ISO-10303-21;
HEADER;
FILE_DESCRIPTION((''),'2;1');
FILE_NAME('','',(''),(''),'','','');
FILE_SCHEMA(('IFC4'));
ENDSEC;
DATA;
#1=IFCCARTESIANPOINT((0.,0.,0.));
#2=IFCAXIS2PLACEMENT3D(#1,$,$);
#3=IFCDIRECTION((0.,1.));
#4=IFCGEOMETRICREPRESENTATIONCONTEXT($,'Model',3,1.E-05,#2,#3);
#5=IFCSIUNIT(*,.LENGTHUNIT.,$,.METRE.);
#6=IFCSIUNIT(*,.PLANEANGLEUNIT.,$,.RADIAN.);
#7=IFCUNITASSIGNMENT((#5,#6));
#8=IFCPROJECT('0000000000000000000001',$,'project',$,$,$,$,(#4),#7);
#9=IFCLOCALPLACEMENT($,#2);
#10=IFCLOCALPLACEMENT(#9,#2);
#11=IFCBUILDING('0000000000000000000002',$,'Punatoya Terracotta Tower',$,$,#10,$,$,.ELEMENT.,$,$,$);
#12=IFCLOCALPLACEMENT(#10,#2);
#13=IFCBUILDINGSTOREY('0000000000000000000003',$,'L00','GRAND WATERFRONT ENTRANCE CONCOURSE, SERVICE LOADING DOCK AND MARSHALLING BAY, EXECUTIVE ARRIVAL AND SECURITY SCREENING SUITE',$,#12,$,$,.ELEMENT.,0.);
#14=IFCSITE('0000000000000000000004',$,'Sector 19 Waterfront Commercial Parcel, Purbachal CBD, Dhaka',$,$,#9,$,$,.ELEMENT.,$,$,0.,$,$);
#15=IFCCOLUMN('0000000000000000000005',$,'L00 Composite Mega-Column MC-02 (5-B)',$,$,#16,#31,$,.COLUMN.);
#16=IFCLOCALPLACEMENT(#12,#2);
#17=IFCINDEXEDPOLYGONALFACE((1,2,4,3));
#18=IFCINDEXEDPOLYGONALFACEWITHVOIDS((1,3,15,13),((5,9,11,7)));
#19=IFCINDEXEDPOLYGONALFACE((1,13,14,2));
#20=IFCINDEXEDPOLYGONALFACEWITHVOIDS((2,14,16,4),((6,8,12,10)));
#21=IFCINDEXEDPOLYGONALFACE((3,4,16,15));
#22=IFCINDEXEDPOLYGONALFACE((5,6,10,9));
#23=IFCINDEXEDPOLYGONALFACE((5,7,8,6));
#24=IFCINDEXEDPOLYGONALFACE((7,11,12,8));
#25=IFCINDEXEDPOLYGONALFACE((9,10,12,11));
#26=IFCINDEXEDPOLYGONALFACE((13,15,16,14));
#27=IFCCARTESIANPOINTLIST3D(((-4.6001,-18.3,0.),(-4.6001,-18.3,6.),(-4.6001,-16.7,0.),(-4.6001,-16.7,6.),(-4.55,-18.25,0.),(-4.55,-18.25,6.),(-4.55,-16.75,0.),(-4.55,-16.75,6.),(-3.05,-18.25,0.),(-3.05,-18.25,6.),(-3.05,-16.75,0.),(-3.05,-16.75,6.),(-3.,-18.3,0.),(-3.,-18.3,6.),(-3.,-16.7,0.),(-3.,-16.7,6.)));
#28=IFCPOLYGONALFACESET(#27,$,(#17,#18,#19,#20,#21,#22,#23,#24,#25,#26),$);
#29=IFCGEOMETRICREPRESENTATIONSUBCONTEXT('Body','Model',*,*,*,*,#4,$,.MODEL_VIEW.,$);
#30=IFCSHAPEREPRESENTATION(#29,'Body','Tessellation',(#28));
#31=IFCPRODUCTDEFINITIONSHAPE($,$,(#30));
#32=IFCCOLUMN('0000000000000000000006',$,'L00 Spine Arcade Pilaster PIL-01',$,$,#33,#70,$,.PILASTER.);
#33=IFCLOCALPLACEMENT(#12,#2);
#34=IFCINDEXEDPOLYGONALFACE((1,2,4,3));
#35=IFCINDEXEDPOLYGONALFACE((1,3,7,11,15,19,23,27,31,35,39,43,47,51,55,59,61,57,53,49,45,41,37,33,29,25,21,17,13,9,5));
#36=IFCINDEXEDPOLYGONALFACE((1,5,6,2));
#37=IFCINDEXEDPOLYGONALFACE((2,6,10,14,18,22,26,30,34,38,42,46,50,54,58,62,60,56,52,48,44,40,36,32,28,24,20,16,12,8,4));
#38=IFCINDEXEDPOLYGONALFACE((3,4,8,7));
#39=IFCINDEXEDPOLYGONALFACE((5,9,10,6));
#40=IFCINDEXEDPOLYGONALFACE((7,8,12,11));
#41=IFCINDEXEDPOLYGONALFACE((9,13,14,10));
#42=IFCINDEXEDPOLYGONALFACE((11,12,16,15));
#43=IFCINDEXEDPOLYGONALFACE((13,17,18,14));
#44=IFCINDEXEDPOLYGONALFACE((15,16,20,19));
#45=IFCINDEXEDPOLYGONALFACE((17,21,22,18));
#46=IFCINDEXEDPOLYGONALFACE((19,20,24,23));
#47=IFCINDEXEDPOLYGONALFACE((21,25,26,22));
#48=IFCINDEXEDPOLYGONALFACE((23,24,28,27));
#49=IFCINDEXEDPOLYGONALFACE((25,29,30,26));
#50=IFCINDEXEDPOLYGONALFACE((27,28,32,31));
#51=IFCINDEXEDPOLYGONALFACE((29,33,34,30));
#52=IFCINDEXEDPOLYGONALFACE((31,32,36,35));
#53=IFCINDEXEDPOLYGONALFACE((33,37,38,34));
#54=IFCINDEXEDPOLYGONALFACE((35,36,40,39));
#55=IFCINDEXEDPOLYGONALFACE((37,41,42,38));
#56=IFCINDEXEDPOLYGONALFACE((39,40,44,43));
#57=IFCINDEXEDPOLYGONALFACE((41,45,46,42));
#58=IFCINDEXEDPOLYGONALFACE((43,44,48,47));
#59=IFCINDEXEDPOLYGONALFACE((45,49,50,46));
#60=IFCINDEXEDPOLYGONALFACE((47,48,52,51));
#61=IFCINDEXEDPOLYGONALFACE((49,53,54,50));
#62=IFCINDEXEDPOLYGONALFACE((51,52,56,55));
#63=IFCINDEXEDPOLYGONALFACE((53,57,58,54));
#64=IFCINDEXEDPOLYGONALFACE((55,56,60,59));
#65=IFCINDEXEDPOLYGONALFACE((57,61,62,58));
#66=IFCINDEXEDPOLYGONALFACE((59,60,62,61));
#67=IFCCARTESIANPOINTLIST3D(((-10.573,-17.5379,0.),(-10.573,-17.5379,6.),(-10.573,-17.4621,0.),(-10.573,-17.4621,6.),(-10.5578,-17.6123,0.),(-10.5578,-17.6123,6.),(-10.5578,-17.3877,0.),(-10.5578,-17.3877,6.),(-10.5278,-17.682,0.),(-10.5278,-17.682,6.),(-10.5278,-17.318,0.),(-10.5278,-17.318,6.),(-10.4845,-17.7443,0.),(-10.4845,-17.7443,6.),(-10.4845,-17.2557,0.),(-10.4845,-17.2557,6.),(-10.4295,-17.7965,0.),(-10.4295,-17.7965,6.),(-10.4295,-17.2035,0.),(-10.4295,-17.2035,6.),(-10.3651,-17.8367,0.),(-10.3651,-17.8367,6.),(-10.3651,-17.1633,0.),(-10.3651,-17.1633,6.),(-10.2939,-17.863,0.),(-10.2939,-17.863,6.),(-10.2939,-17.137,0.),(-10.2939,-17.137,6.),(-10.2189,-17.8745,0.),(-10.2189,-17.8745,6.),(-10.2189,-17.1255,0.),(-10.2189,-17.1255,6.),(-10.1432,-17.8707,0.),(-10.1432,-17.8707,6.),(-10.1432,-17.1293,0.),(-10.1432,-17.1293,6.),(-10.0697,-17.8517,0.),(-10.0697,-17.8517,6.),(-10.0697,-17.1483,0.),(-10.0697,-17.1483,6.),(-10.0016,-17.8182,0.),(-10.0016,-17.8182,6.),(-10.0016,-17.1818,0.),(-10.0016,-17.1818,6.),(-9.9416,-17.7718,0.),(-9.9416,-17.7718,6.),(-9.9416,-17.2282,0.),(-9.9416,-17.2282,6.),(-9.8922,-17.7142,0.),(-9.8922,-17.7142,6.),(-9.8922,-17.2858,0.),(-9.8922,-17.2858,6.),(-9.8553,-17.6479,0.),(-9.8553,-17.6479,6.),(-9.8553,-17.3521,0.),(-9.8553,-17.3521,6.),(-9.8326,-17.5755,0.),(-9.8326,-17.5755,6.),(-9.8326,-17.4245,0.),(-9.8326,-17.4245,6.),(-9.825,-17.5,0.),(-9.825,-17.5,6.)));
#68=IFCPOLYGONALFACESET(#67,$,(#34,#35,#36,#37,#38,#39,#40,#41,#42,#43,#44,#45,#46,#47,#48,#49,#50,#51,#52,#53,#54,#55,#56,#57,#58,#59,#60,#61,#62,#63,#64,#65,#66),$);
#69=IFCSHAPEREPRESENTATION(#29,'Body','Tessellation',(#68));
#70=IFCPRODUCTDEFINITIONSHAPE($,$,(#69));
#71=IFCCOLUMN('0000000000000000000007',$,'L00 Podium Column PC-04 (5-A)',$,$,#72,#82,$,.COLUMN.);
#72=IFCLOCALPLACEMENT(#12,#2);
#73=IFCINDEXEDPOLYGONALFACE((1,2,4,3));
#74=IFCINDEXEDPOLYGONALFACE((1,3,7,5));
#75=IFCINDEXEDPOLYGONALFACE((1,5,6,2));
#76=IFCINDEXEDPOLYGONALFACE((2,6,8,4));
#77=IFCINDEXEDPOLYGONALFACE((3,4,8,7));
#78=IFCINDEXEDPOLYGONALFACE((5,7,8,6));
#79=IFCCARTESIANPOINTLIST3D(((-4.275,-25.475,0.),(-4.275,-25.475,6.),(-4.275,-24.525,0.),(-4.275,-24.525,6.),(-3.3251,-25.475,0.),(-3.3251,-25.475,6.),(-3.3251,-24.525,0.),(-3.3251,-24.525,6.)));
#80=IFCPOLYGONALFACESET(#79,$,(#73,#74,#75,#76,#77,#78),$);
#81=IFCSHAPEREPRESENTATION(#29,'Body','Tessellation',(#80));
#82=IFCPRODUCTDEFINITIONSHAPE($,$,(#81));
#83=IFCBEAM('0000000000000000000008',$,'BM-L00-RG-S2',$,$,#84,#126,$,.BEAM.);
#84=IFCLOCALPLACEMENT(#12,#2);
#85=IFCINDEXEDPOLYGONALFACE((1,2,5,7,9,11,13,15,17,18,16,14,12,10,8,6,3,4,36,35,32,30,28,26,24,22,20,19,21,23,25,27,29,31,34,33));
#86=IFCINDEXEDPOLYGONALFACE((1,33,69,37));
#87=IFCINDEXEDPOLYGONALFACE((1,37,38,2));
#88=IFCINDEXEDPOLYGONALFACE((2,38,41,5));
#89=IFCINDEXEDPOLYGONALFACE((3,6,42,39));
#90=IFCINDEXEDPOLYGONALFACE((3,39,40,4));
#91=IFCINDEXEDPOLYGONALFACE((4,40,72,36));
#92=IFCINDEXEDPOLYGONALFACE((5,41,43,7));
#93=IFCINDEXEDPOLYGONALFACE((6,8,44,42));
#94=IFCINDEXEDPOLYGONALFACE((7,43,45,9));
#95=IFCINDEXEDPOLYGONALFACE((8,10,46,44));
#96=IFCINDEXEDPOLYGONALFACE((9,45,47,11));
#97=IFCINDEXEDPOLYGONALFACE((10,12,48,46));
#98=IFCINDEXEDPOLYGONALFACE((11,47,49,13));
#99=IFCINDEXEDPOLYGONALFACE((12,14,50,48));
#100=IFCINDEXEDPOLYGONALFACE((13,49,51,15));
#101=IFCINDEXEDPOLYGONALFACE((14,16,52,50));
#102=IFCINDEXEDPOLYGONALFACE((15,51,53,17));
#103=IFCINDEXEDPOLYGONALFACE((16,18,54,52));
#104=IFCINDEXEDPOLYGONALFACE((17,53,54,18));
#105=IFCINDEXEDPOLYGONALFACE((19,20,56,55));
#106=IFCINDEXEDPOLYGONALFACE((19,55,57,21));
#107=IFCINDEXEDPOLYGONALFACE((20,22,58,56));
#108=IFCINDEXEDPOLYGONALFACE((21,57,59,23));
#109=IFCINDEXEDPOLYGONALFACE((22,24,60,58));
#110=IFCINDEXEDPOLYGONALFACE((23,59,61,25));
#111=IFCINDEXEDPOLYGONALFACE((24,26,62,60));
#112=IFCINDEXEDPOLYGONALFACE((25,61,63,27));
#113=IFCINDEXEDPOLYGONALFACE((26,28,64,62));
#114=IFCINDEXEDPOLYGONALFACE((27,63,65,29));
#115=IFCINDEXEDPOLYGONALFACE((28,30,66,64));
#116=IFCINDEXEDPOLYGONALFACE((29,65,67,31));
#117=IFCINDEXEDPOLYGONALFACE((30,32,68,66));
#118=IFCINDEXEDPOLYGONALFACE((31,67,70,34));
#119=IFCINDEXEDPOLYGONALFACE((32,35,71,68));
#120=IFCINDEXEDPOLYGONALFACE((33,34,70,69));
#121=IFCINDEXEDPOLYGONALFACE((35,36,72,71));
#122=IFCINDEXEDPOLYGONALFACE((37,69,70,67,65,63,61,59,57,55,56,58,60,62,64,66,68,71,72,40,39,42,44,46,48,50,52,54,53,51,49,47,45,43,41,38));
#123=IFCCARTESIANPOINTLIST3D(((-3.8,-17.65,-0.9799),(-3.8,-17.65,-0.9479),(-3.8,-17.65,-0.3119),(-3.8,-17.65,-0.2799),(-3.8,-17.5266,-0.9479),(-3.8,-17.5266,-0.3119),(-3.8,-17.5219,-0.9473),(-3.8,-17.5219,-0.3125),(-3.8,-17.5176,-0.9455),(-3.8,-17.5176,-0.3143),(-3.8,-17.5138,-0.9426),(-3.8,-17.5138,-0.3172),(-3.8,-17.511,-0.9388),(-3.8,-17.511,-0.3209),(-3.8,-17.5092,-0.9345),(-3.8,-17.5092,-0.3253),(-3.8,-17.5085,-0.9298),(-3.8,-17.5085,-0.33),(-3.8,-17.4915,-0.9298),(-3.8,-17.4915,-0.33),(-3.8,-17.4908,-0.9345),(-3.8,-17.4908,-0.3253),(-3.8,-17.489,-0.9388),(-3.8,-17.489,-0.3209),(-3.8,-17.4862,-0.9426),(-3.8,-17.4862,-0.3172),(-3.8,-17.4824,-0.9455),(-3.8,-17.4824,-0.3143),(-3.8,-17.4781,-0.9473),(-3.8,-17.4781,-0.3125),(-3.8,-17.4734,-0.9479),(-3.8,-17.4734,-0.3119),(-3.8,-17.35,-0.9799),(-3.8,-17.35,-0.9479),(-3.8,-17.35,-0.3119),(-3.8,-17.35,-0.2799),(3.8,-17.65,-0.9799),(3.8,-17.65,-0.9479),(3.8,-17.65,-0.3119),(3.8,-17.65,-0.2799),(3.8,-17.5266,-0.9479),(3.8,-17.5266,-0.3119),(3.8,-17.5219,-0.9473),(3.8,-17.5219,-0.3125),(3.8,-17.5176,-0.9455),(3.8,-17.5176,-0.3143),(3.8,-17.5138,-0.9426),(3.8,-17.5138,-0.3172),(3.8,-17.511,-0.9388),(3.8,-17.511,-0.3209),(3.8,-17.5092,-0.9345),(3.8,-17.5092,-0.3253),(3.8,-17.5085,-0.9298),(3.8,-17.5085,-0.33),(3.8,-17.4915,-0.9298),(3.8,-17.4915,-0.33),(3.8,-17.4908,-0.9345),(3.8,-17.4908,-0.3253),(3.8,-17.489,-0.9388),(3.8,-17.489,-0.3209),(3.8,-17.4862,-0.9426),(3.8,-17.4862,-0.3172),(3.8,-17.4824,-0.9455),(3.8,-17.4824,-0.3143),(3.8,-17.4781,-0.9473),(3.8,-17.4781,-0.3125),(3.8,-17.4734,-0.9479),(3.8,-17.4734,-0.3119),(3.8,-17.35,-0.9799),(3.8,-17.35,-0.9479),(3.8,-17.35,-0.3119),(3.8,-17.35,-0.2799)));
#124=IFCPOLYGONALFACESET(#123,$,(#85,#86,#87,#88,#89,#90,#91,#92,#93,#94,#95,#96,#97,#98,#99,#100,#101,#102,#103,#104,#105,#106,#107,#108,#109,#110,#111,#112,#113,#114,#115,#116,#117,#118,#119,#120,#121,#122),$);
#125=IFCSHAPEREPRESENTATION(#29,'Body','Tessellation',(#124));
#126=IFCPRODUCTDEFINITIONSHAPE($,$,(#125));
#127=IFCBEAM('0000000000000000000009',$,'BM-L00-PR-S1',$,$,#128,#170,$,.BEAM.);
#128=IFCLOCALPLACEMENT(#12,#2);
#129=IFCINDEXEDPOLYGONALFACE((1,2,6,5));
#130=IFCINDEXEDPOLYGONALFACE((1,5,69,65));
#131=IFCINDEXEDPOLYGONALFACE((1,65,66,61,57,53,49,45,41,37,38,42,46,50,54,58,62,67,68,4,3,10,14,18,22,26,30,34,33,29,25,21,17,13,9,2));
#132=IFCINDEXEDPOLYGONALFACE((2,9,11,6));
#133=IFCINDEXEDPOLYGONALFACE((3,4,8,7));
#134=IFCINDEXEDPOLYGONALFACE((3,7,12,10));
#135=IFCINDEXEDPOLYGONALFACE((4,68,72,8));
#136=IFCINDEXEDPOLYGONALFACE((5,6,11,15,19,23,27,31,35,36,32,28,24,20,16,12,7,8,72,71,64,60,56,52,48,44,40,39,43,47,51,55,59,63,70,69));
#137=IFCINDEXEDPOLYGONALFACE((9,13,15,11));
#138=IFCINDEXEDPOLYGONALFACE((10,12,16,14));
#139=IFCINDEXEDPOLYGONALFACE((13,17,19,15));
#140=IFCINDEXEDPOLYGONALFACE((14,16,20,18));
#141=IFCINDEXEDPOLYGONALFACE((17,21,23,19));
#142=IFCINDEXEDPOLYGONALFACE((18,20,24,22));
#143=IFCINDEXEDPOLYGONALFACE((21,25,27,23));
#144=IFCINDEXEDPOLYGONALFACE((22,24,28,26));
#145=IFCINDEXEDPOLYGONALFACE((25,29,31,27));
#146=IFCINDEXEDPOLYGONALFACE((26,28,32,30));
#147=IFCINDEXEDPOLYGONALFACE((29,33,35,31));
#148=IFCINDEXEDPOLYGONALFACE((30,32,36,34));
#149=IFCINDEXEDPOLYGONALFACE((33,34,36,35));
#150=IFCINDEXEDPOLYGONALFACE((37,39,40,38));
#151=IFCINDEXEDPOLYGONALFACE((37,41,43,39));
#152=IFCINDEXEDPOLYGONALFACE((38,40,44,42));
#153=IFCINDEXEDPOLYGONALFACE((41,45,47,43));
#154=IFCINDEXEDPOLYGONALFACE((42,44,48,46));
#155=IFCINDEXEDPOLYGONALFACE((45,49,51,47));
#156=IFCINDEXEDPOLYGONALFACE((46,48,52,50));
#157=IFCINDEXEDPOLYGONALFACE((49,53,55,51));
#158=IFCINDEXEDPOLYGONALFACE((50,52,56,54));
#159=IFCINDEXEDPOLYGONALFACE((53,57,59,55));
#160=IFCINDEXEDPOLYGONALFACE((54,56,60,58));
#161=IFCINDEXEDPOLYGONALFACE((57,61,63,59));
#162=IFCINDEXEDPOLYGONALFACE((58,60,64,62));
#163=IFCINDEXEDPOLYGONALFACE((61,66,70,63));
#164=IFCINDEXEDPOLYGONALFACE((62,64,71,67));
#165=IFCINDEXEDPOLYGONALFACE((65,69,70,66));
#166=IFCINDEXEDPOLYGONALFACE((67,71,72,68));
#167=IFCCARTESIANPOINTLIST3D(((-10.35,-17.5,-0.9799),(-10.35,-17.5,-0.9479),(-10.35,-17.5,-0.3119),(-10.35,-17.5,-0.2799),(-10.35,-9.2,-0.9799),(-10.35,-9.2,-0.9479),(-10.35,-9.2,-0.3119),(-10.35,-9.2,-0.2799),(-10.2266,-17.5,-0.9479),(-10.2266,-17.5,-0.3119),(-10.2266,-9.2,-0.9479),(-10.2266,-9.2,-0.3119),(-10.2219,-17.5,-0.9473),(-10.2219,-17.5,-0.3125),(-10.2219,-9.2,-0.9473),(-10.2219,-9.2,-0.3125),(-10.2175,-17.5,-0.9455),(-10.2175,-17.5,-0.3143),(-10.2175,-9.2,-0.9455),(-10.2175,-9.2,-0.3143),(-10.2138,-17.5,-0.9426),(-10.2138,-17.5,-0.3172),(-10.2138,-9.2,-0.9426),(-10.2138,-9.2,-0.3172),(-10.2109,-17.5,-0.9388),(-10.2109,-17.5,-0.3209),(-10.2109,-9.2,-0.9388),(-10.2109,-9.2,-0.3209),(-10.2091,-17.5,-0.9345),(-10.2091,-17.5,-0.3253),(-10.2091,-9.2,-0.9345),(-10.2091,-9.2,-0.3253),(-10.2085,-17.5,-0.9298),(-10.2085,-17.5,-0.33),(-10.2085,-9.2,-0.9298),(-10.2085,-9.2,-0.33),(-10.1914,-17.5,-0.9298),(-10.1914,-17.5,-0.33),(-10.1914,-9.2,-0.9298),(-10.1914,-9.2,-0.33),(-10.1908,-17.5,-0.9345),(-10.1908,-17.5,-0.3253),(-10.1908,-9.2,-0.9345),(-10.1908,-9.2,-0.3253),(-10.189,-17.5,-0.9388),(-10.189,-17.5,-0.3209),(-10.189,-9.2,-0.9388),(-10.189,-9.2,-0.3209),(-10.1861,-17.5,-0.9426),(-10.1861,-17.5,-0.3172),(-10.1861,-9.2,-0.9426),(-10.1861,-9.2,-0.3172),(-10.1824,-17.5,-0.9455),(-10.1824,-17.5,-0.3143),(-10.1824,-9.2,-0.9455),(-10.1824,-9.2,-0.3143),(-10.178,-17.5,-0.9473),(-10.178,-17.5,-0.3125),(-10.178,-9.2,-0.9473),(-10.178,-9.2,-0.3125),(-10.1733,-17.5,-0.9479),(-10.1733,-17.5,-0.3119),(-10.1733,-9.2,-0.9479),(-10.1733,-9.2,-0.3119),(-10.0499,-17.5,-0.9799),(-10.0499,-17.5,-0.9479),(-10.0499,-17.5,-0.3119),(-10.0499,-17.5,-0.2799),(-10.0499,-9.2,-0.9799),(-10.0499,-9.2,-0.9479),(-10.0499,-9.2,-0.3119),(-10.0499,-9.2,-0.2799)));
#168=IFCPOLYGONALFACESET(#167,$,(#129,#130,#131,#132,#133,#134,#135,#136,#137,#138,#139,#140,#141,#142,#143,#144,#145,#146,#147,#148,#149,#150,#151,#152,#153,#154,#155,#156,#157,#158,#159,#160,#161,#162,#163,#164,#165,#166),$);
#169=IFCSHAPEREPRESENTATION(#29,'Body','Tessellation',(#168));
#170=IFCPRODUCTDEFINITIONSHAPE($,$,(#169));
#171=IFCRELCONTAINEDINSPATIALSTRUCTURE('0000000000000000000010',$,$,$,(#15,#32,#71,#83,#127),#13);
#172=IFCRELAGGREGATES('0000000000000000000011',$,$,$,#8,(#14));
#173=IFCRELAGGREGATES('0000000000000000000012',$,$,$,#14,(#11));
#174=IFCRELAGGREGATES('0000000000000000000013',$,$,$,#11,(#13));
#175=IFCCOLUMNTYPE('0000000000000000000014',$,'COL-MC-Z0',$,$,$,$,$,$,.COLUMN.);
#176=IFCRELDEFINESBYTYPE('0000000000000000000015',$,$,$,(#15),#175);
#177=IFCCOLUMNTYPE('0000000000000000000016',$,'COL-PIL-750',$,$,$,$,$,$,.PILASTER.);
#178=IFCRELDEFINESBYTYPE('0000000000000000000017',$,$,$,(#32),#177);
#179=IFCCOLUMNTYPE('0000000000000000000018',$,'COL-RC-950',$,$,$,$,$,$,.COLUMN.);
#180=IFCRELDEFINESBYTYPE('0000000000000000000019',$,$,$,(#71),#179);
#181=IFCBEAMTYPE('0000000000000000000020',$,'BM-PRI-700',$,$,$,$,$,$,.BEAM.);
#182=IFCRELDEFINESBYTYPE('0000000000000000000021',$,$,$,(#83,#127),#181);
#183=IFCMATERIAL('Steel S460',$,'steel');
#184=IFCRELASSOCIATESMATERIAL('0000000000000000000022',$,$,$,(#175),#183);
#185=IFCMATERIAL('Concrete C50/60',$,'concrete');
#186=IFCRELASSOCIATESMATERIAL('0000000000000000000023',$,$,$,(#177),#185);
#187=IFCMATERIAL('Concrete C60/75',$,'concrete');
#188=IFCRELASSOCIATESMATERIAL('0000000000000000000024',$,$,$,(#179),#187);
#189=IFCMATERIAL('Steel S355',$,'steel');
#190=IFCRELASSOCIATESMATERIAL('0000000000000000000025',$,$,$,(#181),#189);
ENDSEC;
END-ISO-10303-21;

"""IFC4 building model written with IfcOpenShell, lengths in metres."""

from ifc_helpers import new_model, si_unit, direction, frame, origin, origin_2d, place, context, subcontext, project, spatial, rectangle, hollow_rectangle, circle, i_section, extrude, material, material_profile, profile_set, type_object, element, save


model = new_model("IFC4")

# Units and contexts
model_context = context("Model", 3, precision=1e-05, world=origin(), true_north=direction((0.0, 1.0)))
body_context = subcontext(model_context, "Body", "Model", "MODEL_VIEW")
ifc_project = project(units=[si_unit("LENGTHUNIT", "METRE"), si_unit("PLANEANGLEUNIT", "RADIAN")], contexts=[model_context])

# Site, building, storey
site_placement = place(None, origin())
site = spatial("IfcSite", under=ifc_project, at=site_placement, Name="Sector 19 Waterfront Commercial Parcel, Purbachal CBD, Dhaka", CompositionType="ELEMENT", RefElevation=0.0)
building_placement = place(site_placement, origin())
building = spatial("IfcBuilding", under=site, at=building_placement, Name="Punatoya Terracotta Tower", CompositionType="ELEMENT")
storey_placement = place(building_placement, origin())
storey = spatial("IfcBuildingStorey", under=building, at=storey_placement, Name="L00", Description="GRAND WATERFRONT ENTRANCE CONCOURSE, SERVICE LOADING DOCK AND MARSHALLING BAY, EXECUTIVE ARRIVAL AND SECURITY SCREENING SUITE", CompositionType="ELEMENT", Elevation=0.0)

# Columns
ifc_material_1 = material(Name="Steel S460", Category="steel")
ifc_material_profile_1 = material_profile(ifc_material_1, hollow_rectangle(XDim=1.6001, YDim=1.6001, WallThickness=0.05, at=origin_2d()))
ifc_profile_set_1 = profile_set([ifc_material_profile_1], Name="Steel S460")
column_type_1 = type_object("IfcColumnType", Name="COL-MC-Z0", PredefinedType="COLUMN", material=ifc_profile_set_1)
column_1_placement = place(storey_placement, frame((-3.8, -17.5, 0.0), z_axis=(0.0, 0.0, 1.0), x_axis=(1.0, 0.0, 0.0)))
element("IfcColumn", 1, at=column_1_placement, inside=storey, type_object=column_type_1, Name="L00 Composite Mega-Column MC-02 (5-B)", PredefinedType="COLUMN", context=body_context, shape_type="SweptSolid", body=[
    extrude(hollow_rectangle(XDim=1.6001, YDim=1.6001, WallThickness=0.05, at=origin_2d()), origin(), (0.0, 0.0, 1.0), 6.0),
])
ifc_material_2 = material(Name="Concrete C50/60", Category="concrete")
ifc_material_profile_2 = material_profile(ifc_material_2, circle(Radius=0.375, at=origin_2d()))
ifc_profile_set_2 = profile_set([ifc_material_profile_2], Name="Concrete C50/60")
column_type_2 = type_object("IfcColumnType", Name="COL-PIL-750", PredefinedType="PILASTER", material=ifc_profile_set_2)
column_2_placement = place(storey_placement, frame((-10.2, -17.5, 0.0), z_axis=(0.0, 0.0, 1.0), x_axis=(1.0, 0.0, 0.0)))
element("IfcColumn", 2, at=column_2_placement, inside=storey, type_object=column_type_2, Name="L00 Spine Arcade Pilaster PIL-01", PredefinedType="PILASTER", context=body_context, shape_type="SweptSolid", body=[
    extrude(circle(Radius=0.375, at=origin_2d()), origin(), (0.0, 0.0, 1.0), 6.0),
])
ifc_material_3 = material(Name="Concrete C60/75", Category="concrete")
ifc_material_profile_3 = material_profile(ifc_material_3, rectangle(XDim=0.95, YDim=0.95, at=origin_2d()))
ifc_profile_set_3 = profile_set([ifc_material_profile_3], Name="Concrete C60/75")
column_type_3 = type_object("IfcColumnType", Name="COL-RC-950", PredefinedType="COLUMN", material=ifc_profile_set_3)
column_3_placement = place(storey_placement, frame((-3.8, -25.0, 0.0), z_axis=(0.0, 0.0, 1.0), x_axis=(1.0, 0.0, 0.0)))
element("IfcColumn", 3, at=column_3_placement, inside=storey, type_object=column_type_3, Name="L00 Podium Column PC-04 (5-A)", PredefinedType="COLUMN", context=body_context, shape_type="SweptSolid", body=[
    extrude(rectangle(XDim=0.95, YDim=0.95, at=origin_2d()), origin(), (0.0, 0.0, 1.0), 6.0),
])

# Beams
ifc_material_4 = material(Name="Steel S355", Category="steel")
ifc_material_profile_4 = material_profile(ifc_material_4, i_section(OverallWidth=0.3, OverallDepth=0.7, WebThickness=0.0171, FlangeThickness=0.032, FilletRadius=0.0181, at=origin_2d()))
ifc_profile_set_4 = profile_set([ifc_material_profile_4], Name="Steel S355")
beam_type_1 = type_object("IfcBeamType", Name="BM-PRI-700", PredefinedType="BEAM", material=ifc_profile_set_4)
beam_1_placement = place(storey_placement, frame((-3.8, -17.5, -0.6299), z_axis=(1.0, 0.0, 0.0), x_axis=(0.0, 1.0, 0.0)))
element("IfcBeam", 4, at=beam_1_placement, inside=storey, type_object=beam_type_1, Name="BM-L00-RG-S2", PredefinedType="BEAM", context=body_context, shape_type="SweptSolid", body=[
    extrude(i_section(OverallWidth=0.3, OverallDepth=0.7, WebThickness=0.0171, FlangeThickness=0.032, FilletRadius=0.0181, at=origin_2d()), origin(), (0.0, 0.0, 1.0), 7.6001),
])
for number, where, z_axis, x_axis, name in (
    (5, (-10.2, -17.5, -0.6299), (0.0, 1.0, 0.0), (-1.0, 0.0, 0.0), "BM-L00-PR-S1"),
):
    element("IfcBeam", number, at=place(storey_placement, frame(where, z_axis=z_axis, x_axis=x_axis)), inside=storey, type_object=beam_type_1, Name=name, PredefinedType="BEAM", context=body_context, shape_type="SweptSolid", body=[
        extrude(i_section(OverallWidth=0.3, OverallDepth=0.7, WebThickness=0.0171, FlangeThickness=0.032, FilletRadius=0.0181, at=origin_2d()), origin(), (0.0, 0.0, 1.0), 8.3),
    ])

save(model, "model.ifc")
